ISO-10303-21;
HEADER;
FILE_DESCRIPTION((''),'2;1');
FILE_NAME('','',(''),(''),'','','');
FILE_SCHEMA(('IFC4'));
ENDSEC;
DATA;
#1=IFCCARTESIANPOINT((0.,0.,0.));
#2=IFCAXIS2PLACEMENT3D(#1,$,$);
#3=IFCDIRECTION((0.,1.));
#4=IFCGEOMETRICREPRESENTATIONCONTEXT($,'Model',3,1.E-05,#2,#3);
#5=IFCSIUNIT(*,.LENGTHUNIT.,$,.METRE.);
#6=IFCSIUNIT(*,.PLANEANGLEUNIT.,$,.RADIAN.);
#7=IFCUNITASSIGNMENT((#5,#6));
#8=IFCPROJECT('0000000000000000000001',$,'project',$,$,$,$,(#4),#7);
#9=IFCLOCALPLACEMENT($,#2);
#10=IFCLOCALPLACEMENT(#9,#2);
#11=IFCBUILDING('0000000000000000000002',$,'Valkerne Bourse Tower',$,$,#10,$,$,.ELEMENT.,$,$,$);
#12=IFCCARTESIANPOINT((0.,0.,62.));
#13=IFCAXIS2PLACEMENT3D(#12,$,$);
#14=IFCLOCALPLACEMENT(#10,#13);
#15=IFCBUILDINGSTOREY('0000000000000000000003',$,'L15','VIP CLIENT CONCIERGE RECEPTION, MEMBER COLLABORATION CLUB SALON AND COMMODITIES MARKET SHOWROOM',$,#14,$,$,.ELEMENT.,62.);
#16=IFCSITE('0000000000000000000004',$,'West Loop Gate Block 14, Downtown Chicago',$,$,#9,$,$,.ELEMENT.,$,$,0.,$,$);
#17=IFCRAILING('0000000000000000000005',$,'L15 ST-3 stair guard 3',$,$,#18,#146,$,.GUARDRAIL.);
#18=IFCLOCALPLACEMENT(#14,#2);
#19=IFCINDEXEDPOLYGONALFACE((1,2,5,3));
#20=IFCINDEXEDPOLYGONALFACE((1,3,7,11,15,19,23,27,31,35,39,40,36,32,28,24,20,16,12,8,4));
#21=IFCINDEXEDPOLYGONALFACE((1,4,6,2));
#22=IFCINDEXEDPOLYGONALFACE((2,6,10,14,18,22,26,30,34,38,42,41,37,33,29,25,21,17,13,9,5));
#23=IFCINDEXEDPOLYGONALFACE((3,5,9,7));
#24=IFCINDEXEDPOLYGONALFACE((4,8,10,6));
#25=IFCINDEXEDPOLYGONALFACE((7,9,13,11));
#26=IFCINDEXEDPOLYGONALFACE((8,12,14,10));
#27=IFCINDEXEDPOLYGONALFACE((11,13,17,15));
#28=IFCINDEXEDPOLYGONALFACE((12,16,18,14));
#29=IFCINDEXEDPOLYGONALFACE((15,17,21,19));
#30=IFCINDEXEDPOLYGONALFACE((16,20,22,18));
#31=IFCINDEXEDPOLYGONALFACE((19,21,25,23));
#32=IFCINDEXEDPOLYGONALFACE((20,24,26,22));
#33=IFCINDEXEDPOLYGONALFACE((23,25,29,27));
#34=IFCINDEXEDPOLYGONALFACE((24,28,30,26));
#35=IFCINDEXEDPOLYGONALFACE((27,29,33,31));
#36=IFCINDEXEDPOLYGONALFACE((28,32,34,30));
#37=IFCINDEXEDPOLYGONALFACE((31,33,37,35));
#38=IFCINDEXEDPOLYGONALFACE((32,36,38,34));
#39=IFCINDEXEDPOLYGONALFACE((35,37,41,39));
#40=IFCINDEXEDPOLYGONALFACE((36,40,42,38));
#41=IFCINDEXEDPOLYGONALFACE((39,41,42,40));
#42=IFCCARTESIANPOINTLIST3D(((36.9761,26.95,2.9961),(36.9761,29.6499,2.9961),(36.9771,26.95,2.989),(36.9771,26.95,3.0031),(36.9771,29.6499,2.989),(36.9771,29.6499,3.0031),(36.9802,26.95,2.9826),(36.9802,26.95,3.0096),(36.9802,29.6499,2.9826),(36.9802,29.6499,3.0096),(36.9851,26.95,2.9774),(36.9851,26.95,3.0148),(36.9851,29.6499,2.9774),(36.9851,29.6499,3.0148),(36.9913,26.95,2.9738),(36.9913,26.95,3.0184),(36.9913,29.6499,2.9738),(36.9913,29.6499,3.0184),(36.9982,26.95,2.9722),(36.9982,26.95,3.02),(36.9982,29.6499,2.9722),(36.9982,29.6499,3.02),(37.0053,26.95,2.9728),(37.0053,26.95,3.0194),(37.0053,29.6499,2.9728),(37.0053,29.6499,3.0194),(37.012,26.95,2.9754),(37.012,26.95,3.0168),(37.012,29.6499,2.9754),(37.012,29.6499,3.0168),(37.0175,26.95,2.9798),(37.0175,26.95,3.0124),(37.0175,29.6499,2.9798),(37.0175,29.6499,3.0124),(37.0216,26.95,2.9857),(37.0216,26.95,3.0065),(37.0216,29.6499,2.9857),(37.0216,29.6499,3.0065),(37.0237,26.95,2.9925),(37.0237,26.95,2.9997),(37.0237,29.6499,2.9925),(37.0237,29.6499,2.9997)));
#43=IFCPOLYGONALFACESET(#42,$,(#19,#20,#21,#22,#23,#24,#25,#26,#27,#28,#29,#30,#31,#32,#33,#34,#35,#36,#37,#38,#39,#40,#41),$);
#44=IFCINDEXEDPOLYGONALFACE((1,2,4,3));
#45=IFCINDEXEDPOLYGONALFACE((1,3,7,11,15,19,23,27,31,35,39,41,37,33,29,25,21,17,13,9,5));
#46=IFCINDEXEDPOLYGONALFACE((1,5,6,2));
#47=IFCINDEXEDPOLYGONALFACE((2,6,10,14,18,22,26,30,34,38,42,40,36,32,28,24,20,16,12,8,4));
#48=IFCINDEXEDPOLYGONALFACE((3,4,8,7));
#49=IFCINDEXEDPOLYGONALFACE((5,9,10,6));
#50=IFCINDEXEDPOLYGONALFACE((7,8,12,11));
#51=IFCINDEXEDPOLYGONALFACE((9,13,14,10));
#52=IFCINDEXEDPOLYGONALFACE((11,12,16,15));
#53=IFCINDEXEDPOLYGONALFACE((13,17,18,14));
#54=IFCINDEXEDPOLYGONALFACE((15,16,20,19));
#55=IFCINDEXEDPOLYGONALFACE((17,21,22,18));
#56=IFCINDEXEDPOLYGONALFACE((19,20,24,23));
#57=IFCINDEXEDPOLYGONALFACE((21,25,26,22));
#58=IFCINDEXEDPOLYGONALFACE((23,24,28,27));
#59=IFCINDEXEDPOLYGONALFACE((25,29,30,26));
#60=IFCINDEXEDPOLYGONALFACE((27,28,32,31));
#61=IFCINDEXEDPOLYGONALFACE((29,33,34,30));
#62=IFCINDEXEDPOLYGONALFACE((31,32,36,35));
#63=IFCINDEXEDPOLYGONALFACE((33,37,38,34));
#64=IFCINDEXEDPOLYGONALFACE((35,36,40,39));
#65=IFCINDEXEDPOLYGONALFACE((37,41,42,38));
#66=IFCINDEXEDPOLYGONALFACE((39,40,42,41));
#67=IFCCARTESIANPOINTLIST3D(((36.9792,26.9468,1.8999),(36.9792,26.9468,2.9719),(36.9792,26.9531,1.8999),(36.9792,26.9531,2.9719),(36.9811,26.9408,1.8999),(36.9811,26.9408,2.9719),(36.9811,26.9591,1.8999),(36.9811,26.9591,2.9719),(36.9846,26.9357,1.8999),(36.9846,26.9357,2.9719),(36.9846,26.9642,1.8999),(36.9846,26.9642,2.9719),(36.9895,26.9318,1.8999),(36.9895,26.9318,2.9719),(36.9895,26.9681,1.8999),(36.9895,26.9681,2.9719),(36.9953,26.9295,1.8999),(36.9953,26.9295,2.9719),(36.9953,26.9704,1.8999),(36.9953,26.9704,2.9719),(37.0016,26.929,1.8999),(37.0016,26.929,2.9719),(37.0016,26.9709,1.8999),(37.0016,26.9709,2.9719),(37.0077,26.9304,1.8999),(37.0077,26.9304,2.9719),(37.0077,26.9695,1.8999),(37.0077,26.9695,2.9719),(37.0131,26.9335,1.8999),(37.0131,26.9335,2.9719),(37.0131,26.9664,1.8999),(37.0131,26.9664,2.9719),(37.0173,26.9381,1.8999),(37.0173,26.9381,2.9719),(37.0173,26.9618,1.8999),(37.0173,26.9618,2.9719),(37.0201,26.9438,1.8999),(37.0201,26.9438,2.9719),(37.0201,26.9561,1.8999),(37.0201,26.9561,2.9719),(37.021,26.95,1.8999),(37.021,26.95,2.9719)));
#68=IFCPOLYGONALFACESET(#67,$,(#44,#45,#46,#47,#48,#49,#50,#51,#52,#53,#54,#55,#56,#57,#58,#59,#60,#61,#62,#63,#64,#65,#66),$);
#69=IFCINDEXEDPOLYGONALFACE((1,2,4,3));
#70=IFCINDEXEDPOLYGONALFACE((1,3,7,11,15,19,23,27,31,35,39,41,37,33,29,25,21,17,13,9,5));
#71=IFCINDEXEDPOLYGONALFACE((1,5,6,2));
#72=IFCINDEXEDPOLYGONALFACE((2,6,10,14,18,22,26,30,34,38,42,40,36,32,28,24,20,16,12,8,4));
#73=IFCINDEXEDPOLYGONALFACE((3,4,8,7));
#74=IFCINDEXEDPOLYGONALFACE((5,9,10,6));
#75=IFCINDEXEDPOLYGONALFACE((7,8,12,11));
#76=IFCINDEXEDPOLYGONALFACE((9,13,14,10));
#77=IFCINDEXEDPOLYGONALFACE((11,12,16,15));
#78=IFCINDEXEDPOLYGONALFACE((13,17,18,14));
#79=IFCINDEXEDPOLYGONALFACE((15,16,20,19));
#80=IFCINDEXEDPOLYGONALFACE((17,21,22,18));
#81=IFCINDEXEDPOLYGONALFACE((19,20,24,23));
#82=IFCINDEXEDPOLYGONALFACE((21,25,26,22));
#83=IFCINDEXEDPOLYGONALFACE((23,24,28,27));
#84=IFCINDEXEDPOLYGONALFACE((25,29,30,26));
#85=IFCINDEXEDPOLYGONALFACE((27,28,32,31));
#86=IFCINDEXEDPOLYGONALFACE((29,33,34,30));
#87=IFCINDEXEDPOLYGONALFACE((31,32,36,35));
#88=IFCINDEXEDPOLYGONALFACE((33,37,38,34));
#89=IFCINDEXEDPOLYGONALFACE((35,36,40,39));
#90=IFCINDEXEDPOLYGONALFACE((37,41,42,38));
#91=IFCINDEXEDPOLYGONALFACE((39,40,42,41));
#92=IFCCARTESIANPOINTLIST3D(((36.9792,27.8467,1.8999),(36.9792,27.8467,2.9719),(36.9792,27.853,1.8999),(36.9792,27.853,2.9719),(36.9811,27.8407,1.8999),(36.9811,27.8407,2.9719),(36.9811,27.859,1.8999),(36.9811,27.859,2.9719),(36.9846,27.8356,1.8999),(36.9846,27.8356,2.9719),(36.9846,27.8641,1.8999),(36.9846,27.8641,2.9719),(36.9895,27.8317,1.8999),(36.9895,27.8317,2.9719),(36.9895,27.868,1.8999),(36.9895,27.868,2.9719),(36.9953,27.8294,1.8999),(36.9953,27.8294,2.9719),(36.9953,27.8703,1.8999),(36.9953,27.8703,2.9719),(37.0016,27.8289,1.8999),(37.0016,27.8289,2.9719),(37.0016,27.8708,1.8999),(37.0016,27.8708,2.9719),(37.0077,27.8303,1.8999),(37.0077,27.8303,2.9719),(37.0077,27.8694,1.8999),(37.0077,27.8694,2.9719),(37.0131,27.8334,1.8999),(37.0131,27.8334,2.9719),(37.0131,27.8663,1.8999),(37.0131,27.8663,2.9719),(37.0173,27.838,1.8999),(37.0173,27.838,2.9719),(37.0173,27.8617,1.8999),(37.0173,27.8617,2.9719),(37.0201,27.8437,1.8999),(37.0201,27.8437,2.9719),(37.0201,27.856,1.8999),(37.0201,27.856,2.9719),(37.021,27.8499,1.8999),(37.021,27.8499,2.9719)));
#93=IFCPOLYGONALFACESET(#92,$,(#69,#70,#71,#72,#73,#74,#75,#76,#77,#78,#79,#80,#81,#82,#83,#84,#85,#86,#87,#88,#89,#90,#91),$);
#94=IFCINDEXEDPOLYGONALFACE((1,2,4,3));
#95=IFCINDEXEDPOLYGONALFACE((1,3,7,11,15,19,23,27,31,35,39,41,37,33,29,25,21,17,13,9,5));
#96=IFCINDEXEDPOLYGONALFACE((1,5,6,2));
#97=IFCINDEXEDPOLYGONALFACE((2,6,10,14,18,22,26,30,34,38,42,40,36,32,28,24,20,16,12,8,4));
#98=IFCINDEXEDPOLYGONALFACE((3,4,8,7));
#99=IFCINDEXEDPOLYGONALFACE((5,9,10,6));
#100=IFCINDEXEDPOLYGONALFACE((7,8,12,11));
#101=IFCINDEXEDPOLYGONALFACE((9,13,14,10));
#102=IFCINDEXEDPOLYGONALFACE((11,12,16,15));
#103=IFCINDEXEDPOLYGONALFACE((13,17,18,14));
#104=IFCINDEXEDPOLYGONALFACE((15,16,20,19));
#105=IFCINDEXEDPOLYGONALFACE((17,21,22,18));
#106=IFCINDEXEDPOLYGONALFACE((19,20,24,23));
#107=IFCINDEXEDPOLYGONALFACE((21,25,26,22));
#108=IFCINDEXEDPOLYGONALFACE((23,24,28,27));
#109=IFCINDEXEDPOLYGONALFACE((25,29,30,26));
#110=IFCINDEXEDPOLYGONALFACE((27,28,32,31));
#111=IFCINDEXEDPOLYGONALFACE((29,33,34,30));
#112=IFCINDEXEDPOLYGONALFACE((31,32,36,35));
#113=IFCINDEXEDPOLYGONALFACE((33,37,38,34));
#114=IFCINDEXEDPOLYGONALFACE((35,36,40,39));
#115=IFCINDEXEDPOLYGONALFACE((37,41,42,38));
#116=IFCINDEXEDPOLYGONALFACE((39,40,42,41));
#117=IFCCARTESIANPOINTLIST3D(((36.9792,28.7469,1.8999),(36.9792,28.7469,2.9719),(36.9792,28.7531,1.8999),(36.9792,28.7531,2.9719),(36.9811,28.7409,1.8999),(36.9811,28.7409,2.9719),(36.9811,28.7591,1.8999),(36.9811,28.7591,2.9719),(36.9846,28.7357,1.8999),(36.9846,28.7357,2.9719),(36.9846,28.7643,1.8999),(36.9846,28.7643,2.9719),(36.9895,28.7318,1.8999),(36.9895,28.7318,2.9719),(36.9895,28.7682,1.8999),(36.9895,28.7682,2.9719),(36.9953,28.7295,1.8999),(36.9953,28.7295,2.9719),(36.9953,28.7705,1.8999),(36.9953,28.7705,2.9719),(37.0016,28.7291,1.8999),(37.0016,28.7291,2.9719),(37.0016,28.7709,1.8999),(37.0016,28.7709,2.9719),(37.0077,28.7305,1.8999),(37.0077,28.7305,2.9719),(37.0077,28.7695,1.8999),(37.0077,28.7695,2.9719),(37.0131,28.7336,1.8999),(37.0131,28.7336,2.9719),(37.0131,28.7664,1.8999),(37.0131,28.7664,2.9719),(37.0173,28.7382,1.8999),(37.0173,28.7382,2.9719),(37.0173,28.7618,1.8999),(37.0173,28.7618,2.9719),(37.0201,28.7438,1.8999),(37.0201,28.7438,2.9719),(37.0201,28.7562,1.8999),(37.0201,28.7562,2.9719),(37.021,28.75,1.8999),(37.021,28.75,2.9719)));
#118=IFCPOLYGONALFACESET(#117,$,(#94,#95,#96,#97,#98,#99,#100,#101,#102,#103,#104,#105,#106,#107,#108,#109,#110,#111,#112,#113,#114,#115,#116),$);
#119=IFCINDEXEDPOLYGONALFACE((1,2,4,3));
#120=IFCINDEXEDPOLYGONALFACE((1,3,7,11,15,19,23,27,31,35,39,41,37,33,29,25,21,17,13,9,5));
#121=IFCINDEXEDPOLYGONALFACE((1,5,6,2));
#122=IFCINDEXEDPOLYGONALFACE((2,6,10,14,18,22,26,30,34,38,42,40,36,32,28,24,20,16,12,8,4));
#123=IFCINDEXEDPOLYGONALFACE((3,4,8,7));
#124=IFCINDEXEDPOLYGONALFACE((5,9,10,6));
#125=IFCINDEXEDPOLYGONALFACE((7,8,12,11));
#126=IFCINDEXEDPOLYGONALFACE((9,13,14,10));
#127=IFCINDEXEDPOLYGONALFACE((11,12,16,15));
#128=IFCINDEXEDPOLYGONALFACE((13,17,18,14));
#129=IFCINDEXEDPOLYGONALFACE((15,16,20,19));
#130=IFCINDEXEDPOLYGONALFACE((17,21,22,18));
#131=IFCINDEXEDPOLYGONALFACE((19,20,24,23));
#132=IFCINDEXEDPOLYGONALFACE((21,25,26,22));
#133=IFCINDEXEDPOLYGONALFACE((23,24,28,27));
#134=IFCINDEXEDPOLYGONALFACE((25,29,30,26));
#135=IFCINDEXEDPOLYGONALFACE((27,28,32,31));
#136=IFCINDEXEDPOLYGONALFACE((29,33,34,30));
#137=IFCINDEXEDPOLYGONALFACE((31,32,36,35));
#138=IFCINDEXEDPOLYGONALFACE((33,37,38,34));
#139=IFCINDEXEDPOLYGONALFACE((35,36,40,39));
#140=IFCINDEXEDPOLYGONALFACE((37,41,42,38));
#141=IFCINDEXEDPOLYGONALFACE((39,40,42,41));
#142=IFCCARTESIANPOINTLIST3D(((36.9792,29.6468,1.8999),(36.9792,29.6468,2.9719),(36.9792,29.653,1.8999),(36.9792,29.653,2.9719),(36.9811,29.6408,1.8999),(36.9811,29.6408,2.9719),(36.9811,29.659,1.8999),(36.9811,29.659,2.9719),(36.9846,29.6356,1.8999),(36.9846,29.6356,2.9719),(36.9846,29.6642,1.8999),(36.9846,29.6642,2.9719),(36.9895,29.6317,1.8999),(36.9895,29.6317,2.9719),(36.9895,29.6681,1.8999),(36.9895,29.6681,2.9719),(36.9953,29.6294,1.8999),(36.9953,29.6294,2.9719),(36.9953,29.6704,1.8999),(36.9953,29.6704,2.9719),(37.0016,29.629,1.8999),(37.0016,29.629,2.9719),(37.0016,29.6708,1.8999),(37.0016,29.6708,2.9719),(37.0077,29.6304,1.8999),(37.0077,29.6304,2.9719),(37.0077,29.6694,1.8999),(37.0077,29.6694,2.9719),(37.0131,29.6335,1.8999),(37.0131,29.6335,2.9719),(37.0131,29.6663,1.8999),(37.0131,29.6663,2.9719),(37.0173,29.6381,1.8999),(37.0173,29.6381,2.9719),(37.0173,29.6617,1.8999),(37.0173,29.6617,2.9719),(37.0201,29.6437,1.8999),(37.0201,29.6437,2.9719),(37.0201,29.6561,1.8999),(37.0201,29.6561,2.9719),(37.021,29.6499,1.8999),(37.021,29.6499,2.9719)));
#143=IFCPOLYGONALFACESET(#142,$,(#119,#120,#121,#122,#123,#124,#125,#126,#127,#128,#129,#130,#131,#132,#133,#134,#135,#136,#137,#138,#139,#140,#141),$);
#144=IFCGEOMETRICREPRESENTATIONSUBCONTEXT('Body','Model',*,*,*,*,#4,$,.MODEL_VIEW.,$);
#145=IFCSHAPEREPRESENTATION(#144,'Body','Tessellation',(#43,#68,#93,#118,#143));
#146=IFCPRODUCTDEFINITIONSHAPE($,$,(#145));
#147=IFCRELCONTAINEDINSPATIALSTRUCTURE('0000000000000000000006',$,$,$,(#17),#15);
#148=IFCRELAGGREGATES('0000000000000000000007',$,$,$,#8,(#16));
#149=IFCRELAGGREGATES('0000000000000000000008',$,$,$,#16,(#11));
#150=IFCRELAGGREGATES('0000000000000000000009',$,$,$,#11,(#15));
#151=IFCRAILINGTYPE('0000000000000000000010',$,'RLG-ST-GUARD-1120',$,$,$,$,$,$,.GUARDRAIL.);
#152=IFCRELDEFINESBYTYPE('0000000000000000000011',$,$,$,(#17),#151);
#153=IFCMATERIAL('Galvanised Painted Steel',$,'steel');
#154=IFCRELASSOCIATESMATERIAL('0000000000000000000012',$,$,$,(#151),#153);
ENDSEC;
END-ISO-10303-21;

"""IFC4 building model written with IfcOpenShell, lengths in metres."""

from ifc_helpers import new_model, si_unit, direction, frame, origin, origin_2d, place, context, subcontext, project, spatial, circle, extrude, material, type_object, element, save


model = new_model("IFC4")

# Units and contexts
model_context = context("Model", 3, precision=1e-05, world=origin(), true_north=direction((0.0, 1.0)))
body_context = subcontext(model_context, "Body", "Model", "MODEL_VIEW")
ifc_project = project(units=[si_unit("LENGTHUNIT", "METRE"), si_unit("PLANEANGLEUNIT", "RADIAN")], contexts=[model_context])

# Site, building, storey
site_placement = place(None, origin())
site = spatial("IfcSite", under=ifc_project, at=site_placement, Name="West Loop Gate Block 14, Downtown Chicago", CompositionType="ELEMENT", RefElevation=0.0)
building_placement = place(site_placement, origin())
building = spatial("IfcBuilding", under=site, at=building_placement, Name="Valkerne Bourse Tower", CompositionType="ELEMENT")
storey_placement = place(building_placement, frame((0.0, 0.0, 62.0)))
storey = spatial("IfcBuildingStorey", under=building, at=storey_placement, Name="L15", Description="VIP CLIENT CONCIERGE RECEPTION, MEMBER COLLABORATION CLUB SALON AND COMMODITIES MARKET SHOWROOM", CompositionType="ELEMENT", Elevation=62.0)

# Railing
ifc_material_1 = material(Name="Galvanised Painted Steel", Category="steel")
railing_type_1 = type_object("IfcRailingType", Name="RLG-ST-GUARD-1120", PredefinedType="GUARDRAIL", material=ifc_material_1)
for number, where, name in (
    (1, (37.0, 26.95, 1.8999), "L15 ST-3 stair guard 3"),
):
    element("IfcRailing", number, at=place(storey_placement, frame(where)), inside=storey, type_object=railing_type_1, Name=name, PredefinedType="GUARDRAIL", context=body_context, shape_type="SweptSolid", body=[
        extrude(circle(Radius=0.0239, at=origin_2d()), frame((0.0, 0.0, 1.0962), z_axis=(0.0, 1.0, 0.0), x_axis=(-1.0, 0.0, 0.0)), (0.0, 0.0, 1.0), 2.7),
        extrude(circle(Radius=0.021, at=origin_2d()), origin(), (0.0, 0.0, 1.0), 1.072),
        extrude(circle(Radius=0.021, at=origin_2d()), frame((0.0, 0.8999, 0.0)), (0.0, 0.0, 1.0), 1.072),
        extrude(circle(Radius=0.021, at=origin_2d()), frame((0.0, 1.8, 0.0)), (0.0, 0.0, 1.0), 1.072),
        extrude(circle(Radius=0.021, at=origin_2d()), frame((0.0, 2.7, 0.0)), (0.0, 0.0, 1.0), 1.072),
    ])

save(model, "model.ifc")
